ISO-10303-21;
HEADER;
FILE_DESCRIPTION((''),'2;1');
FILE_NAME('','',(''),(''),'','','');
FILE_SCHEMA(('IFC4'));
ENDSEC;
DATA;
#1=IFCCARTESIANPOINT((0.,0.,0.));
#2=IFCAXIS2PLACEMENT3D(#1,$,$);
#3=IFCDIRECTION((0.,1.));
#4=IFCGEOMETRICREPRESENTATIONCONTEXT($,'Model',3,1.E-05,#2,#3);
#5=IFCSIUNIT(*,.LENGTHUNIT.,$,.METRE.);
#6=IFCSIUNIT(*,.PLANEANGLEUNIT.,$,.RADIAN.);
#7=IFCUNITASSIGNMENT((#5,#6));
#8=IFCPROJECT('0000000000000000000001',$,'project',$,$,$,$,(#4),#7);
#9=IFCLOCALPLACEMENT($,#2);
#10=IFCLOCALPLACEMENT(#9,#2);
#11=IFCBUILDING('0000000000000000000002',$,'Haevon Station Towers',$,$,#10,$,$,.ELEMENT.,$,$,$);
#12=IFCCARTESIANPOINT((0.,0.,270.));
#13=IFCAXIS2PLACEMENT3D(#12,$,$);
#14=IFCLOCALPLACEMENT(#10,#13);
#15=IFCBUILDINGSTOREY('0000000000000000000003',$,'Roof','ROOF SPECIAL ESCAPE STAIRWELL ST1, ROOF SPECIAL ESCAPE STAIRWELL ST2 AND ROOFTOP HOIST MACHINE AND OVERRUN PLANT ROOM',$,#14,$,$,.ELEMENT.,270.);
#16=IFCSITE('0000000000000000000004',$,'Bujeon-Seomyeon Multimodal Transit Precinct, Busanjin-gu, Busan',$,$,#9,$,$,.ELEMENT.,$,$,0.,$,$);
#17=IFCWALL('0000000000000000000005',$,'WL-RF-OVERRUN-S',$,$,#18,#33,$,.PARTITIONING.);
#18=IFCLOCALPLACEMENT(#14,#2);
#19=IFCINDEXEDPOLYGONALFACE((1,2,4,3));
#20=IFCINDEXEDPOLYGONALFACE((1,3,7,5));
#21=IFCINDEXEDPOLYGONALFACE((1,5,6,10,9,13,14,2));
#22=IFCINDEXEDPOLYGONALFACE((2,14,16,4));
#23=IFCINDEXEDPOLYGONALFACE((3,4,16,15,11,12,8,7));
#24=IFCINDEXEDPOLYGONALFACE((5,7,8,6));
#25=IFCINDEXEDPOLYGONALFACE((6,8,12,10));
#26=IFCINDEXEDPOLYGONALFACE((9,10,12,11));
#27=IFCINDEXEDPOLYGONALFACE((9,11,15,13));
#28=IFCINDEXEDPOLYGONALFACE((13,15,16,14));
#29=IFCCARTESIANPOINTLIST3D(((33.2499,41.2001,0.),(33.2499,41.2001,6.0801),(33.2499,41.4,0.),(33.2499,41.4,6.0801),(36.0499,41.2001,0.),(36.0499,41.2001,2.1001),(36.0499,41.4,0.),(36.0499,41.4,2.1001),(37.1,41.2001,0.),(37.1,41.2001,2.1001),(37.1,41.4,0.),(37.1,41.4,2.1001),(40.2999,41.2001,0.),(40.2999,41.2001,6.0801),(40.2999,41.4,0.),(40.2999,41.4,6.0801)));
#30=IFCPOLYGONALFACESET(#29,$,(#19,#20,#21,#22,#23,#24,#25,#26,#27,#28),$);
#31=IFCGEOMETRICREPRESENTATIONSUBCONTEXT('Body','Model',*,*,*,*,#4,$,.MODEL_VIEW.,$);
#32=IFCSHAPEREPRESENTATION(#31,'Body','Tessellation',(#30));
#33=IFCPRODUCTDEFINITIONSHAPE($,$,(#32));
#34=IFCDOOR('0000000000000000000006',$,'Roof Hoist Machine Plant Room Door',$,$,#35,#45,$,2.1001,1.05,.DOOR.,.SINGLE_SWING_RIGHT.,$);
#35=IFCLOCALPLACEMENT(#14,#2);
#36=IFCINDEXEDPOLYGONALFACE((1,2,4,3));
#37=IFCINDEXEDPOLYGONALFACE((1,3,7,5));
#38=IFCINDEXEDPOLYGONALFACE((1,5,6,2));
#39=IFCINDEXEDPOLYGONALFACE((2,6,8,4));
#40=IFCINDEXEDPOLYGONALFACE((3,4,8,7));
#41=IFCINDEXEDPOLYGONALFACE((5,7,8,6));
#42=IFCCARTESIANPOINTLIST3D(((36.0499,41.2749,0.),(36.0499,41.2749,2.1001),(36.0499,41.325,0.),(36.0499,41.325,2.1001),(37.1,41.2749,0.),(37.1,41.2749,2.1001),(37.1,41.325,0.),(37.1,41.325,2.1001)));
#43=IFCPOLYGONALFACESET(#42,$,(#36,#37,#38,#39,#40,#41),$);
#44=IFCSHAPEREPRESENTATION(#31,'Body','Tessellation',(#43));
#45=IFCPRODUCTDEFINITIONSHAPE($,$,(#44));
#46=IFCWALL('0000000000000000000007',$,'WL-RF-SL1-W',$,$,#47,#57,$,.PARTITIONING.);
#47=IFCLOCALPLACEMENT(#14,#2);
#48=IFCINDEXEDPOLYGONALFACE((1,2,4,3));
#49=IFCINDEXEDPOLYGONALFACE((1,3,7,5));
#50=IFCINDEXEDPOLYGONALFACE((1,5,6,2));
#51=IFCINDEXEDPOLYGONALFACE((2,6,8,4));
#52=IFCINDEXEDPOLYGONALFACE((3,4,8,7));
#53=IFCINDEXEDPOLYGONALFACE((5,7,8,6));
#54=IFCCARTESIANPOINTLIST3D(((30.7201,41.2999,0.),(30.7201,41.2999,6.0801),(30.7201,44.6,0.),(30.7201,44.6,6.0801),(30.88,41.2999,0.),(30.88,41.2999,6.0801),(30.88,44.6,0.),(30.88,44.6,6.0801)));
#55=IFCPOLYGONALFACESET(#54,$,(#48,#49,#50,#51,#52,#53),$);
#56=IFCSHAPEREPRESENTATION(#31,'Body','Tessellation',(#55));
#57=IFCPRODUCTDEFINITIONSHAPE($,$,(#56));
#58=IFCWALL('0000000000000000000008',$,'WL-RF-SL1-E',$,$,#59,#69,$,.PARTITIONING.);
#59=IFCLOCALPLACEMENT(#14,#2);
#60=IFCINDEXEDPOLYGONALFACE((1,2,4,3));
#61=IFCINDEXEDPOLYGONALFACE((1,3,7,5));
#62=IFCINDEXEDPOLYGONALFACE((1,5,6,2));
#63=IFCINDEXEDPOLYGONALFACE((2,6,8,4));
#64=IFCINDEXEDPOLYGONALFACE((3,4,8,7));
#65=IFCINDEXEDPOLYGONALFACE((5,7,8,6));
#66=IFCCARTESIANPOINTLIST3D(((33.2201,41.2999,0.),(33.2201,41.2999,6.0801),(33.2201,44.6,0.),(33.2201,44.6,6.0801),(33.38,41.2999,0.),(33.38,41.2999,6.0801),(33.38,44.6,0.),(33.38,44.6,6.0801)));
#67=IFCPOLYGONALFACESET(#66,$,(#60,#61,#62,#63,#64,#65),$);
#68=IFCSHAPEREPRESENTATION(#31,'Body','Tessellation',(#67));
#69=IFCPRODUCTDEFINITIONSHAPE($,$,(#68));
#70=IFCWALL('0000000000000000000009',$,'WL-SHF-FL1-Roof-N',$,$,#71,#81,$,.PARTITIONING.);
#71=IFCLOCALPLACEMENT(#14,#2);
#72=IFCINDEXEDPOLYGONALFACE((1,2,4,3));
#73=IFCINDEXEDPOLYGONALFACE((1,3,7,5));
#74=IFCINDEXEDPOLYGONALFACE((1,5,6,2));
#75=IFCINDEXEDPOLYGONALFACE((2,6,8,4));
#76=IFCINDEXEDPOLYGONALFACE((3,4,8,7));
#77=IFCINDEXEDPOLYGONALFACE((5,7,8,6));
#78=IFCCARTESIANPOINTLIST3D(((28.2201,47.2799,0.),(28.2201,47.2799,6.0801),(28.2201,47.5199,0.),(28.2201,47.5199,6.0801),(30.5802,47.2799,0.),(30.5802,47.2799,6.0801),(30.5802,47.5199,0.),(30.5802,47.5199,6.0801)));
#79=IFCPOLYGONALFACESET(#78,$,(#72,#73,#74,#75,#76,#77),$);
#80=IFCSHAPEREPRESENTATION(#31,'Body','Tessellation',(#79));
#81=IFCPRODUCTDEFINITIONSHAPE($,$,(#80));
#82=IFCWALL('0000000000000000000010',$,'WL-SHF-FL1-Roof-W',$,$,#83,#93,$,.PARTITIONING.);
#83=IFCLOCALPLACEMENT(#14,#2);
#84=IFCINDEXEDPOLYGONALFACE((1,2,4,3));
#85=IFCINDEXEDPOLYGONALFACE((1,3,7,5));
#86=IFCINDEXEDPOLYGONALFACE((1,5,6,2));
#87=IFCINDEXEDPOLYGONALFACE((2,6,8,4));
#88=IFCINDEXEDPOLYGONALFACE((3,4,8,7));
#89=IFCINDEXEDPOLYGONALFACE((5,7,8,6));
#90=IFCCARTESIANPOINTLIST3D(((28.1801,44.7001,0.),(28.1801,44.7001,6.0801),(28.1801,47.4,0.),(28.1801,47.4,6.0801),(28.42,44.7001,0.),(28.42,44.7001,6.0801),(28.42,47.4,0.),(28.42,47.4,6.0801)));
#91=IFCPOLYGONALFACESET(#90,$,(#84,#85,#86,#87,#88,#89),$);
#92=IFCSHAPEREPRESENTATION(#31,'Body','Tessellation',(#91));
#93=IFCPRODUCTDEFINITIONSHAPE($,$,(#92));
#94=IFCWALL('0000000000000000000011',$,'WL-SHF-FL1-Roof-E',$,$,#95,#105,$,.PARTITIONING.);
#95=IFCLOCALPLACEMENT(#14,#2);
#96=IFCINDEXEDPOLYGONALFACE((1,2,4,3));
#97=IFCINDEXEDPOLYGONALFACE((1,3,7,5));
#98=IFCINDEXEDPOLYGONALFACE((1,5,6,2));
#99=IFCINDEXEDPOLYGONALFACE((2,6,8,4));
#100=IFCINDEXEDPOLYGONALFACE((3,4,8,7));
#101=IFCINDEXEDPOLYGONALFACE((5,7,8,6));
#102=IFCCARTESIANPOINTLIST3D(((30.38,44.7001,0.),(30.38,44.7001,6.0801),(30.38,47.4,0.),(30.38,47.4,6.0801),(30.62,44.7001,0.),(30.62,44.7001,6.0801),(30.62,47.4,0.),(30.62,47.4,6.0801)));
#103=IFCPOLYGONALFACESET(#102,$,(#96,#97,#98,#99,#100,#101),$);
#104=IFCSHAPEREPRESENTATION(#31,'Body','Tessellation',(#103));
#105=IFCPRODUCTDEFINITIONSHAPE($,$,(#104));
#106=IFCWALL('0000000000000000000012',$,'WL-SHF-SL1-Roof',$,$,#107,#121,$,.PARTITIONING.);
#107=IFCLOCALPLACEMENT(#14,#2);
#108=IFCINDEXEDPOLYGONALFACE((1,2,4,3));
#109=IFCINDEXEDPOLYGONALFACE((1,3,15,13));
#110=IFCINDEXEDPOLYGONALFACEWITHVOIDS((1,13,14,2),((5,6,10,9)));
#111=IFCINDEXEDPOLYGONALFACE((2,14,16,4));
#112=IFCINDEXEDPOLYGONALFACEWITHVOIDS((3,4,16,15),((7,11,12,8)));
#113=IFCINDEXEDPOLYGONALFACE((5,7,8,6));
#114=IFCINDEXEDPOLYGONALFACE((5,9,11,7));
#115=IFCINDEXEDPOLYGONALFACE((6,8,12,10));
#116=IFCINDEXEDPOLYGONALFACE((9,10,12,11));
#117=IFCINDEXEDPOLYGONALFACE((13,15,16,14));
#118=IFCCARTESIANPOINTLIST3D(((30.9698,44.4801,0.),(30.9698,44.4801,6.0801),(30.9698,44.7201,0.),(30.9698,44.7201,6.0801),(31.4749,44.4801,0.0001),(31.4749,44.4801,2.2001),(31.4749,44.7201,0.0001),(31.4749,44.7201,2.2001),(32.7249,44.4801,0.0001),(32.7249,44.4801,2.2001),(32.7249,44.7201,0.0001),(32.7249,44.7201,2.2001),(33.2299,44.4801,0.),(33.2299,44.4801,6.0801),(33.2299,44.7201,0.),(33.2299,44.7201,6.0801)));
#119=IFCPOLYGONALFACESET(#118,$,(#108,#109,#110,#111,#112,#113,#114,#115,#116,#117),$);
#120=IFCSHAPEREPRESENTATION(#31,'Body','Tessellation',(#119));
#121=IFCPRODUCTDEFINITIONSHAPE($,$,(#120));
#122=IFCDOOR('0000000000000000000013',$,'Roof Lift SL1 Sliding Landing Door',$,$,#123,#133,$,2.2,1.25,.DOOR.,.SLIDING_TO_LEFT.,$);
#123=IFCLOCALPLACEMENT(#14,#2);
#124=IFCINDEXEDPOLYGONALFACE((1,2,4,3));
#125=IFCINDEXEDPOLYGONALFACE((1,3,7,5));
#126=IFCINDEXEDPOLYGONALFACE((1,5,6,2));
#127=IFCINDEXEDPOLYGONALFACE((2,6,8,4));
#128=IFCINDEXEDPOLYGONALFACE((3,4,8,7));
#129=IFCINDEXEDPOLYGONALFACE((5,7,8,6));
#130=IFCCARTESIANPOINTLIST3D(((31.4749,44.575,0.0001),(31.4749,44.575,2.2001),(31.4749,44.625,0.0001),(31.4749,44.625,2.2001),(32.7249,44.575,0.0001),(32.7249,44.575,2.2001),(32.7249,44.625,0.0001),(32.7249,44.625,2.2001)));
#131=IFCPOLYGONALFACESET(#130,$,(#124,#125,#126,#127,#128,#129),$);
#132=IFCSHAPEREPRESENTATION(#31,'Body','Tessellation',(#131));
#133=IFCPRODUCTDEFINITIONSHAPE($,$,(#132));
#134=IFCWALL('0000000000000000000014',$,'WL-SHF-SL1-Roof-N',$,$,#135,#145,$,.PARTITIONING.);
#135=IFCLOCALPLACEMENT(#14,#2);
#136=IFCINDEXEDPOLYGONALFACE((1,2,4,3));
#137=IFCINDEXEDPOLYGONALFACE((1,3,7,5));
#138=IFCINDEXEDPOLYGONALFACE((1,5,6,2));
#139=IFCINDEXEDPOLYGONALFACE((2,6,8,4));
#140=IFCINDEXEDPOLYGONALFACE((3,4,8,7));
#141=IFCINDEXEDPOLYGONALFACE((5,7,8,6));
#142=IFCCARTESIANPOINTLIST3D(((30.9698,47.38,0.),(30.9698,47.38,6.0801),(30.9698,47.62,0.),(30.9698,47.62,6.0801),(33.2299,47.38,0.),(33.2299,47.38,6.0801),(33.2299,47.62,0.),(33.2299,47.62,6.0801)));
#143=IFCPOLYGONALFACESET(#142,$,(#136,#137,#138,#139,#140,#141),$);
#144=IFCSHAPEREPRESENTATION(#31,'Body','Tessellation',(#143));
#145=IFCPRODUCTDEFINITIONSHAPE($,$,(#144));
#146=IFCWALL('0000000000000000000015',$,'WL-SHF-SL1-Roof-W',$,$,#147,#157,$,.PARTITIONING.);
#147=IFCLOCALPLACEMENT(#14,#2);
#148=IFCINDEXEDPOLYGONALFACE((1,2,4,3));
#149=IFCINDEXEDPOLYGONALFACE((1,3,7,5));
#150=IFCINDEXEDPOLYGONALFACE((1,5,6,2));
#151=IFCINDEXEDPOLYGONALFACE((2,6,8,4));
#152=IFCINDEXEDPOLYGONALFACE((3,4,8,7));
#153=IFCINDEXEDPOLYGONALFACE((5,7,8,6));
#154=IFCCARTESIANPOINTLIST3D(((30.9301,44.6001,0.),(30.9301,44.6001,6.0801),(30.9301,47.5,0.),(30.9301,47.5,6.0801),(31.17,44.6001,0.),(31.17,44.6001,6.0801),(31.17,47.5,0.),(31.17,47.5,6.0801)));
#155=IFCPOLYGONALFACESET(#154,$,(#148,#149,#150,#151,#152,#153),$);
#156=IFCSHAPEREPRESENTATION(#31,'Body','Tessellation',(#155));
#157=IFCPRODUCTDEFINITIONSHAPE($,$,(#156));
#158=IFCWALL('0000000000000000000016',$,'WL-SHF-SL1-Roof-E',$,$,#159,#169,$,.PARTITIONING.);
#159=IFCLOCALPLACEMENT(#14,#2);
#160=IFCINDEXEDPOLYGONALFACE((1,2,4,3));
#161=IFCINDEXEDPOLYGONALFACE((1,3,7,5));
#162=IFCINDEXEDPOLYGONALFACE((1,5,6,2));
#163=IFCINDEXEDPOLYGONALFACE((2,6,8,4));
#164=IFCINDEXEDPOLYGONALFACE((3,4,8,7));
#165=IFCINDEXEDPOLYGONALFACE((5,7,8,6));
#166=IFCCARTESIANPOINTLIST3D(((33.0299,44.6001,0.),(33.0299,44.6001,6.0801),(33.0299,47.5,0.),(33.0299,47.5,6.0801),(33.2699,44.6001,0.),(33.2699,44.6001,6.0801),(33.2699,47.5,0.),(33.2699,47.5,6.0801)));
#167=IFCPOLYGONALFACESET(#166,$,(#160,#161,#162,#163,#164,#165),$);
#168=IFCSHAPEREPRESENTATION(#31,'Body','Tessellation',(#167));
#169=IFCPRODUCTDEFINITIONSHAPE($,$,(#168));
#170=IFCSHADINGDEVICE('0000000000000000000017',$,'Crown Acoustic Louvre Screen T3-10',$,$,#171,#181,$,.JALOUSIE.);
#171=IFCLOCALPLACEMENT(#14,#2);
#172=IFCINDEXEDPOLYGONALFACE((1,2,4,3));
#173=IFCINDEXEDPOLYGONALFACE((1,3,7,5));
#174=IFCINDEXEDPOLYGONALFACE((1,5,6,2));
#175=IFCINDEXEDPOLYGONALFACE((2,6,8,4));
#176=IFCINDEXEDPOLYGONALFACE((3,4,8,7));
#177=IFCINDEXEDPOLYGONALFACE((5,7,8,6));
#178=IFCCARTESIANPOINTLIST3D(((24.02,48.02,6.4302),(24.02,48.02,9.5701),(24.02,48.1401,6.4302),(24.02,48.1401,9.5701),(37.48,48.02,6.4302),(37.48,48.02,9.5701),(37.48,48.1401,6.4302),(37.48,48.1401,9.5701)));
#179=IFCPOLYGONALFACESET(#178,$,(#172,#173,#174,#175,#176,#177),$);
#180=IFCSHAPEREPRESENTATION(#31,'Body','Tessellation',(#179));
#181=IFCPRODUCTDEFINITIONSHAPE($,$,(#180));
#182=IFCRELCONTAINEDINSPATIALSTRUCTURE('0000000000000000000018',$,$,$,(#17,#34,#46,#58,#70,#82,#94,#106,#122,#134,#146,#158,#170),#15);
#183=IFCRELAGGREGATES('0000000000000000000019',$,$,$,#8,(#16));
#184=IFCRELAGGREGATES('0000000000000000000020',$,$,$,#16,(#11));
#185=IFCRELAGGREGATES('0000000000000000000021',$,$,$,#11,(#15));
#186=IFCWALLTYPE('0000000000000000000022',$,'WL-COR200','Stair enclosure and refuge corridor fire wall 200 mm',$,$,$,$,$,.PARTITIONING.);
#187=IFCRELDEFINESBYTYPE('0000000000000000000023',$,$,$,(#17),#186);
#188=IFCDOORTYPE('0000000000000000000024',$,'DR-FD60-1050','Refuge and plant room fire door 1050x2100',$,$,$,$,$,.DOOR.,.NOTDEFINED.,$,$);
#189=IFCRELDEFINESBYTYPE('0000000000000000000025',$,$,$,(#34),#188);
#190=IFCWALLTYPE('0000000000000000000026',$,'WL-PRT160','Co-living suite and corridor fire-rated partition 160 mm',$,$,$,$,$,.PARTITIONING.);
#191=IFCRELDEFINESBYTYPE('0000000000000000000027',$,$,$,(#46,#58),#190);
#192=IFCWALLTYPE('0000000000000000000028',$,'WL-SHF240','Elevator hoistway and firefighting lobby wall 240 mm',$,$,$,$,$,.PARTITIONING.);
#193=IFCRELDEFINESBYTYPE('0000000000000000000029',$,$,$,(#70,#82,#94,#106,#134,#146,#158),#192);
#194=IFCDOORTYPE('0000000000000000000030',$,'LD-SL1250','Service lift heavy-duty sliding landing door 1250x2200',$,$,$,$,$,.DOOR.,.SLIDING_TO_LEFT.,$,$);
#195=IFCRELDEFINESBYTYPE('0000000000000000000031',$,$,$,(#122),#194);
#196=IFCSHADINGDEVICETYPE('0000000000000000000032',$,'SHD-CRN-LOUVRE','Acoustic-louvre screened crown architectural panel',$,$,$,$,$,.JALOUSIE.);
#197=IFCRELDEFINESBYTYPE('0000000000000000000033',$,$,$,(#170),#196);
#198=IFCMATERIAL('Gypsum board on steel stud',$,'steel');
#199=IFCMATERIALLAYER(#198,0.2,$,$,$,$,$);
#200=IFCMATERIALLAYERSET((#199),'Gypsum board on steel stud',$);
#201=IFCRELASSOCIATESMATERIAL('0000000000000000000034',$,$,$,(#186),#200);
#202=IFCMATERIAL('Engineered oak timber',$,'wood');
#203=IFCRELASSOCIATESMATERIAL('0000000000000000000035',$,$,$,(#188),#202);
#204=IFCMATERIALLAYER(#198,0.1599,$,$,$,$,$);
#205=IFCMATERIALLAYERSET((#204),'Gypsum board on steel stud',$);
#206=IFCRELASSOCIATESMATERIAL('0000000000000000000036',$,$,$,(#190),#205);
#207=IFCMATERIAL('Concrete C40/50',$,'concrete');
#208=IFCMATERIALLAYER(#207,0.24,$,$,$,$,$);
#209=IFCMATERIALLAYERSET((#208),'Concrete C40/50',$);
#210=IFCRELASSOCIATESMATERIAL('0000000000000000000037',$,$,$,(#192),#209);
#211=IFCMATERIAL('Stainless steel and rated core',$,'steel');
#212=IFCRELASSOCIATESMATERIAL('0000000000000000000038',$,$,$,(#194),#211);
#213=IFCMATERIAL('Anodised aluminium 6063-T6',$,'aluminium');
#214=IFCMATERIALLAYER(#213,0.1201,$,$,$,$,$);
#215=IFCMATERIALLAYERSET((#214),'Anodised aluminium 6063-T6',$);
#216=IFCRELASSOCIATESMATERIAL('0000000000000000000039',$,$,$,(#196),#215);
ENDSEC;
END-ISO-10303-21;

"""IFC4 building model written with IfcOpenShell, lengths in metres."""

from ifc_helpers import new_model, si_unit, direction, frame, frame_2d, origin, origin_2d, place, context, subcontext, project, spatial, rectangle, extrude, material, layer, layer_set, type_object, element, fill, save


model = new_model("IFC4")

# Units and contexts
model_context = context("Model", 3, precision=1e-05, world=origin(), true_north=direction((0.0, 1.0)))
body_context = subcontext(model_context, "Body", "Model", "MODEL_VIEW")
ifc_project = project(units=[si_unit("LENGTHUNIT", "METRE"), si_unit("PLANEANGLEUNIT", "RADIAN")], contexts=[model_context])

# Site, building, storey
site_placement = place(None, origin())
site = spatial("IfcSite", under=ifc_project, at=site_placement, Name="Bujeon-Seomyeon Multimodal Transit Precinct, Busanjin-gu, Busan", CompositionType="ELEMENT", RefElevation=0.0)
building_placement = place(site_placement, origin())
building = spatial("IfcBuilding", under=site, at=building_placement, Name="Haevon Station Towers", CompositionType="ELEMENT")
storey_placement = place(building_placement, frame((0.0, 0.0, 270.0)))
storey = spatial("IfcBuildingStorey", under=building, at=storey_placement, Name="Roof", Description="ROOF SPECIAL ESCAPE STAIRWELL ST1, ROOF SPECIAL ESCAPE STAIRWELL ST2 AND ROOFTOP HOIST MACHINE AND OVERRUN PLANT ROOM", CompositionType="ELEMENT", Elevation=270.0)

# Shared definitions
ifc_material_1 = material(Name="Anodised aluminium 6063-T6", Category="aluminium")

# Wall, opening, door
ifc_material_2 = material(Name="Gypsum board on steel stud", Category="steel")
ifc_layer_1 = layer(ifc_material_2, 0.2)
ifc_layer_set_1 = layer_set([ifc_layer_1], Name="Gypsum board on steel stud")
wall_type_1 = type_object("IfcWallType", Name="WL-COR200", Description="Stair enclosure and refuge corridor fire wall 200 mm", PredefinedType="PARTITIONING", material=ifc_layer_set_1)
wall_1_placement = place(storey_placement, frame((33.25, 41.3, 0.0), z_axis=(0.0, 0.0, 1.0), x_axis=(1.0, 0.0, 0.0)))
wall_1 = element("IfcWall", 1, at=wall_1_placement, inside=storey, type_object=wall_type_1, Name="WL-RF-OVERRUN-S", PredefinedType="PARTITIONING", context=body_context, shape_type="SweptSolid", body=[
    extrude(rectangle(XDim=7.05, YDim=0.2, at=frame_2d((3.5249, 0.0))), origin(), (0.0, 0.0, 1.0), 6.0801),
])
opening_1_placement = place(wall_1_placement, frame((2.8, 0.0, 0.0)))
opening_1 = element("IfcOpeningElement", 2, at=opening_1_placement, cuts=wall_1, PredefinedType="OPENING", context=body_context, shape_type="SweptSolid", body=[
    extrude(rectangle(XDim=1.05, YDim=2.1001, at=frame_2d((0.5249, 1.05))), frame((0.0, 0.1099, 0.0), z_axis=(0.0, -1.0, 0.0), x_axis=(1.0, 0.0, 0.0)), (0.0, 0.0, 1.0), 0.22),
])
ifc_material_3 = material(Name="Engineered oak timber", Category="wood")
door_type_1 = type_object("IfcDoorType", Name="DR-FD60-1050", Description="Refuge and plant room fire door 1050x2100", OperationType="NOTDEFINED", PredefinedType="DOOR", material=ifc_material_3)
door_1_placement = place(opening_1_placement, origin())
door_1 = element("IfcDoor", 3, at=door_1_placement, inside=storey, type_object=door_type_1, Name="Roof Hoist Machine Plant Room Door", OperationType="SINGLE_SWING_RIGHT", OverallHeight=2.1001, OverallWidth=1.05, PredefinedType="DOOR", context=body_context, shape_type="SweptSolid", body=[
    extrude(rectangle(XDim=1.05, YDim=2.1001, at=frame_2d((0.5249, 1.05))), frame((0.0, 0.0249, 0.0), z_axis=(0.0, -1.0, 0.0), x_axis=(1.0, 0.0, 0.0)), (0.0, 0.0, 1.0), 0.05),
])
fill(opening_1, door_1)

# Walls
ifc_layer_2 = layer(ifc_material_2, 0.1599)
ifc_layer_set_2 = layer_set([ifc_layer_2], Name="Gypsum board on steel stud")
wall_type_2 = type_object("IfcWallType", Name="WL-PRT160", Description="Co-living suite and corridor fire-rated partition 160 mm", PredefinedType="PARTITIONING", material=ifc_layer_set_2)
for number, where, z_axis, x_axis, name in (
    (4, (30.8, 41.3, 0.0), (0.0, 0.0, 1.0), (0.0, 1.0, 0.0), "WL-RF-SL1-W"),
    (5, (33.3, 41.3, 0.0), (0.0, 0.0, 1.0), (0.0, 1.0, 0.0), "WL-RF-SL1-E"),
):
    element("IfcWall", number, at=place(storey_placement, frame(where, z_axis=z_axis, x_axis=x_axis)), inside=storey, type_object=wall_type_2, Name=name, PredefinedType="PARTITIONING", context=body_context, shape_type="SweptSolid", body=[
        extrude(rectangle(XDim=3.3, YDim=0.1599, at=frame_2d((1.6499, 0.0))), origin(), (0.0, 0.0, 1.0), 6.0801),
    ])
ifc_material_4 = material(Name="Concrete C40/50", Category="concrete")
ifc_layer_3 = layer(ifc_material_4, 0.24)
ifc_layer_set_3 = layer_set([ifc_layer_3], Name="Concrete C40/50")
wall_type_3 = type_object("IfcWallType", Name="WL-SHF240", Description="Elevator hoistway and firefighting lobby wall 240 mm", PredefinedType="PARTITIONING", material=ifc_layer_set_3)
wall_2_placement = place(storey_placement, frame((28.22, 47.3999, 0.0), z_axis=(0.0, 0.0, 1.0), x_axis=(1.0, 0.0, 0.0)))
element("IfcWall", 6, at=wall_2_placement, inside=storey, type_object=wall_type_3, Name="WL-SHF-FL1-Roof-N", PredefinedType="PARTITIONING", context=body_context, shape_type="SweptSolid", body=[
    extrude(rectangle(XDim=2.3601, YDim=0.24, at=frame_2d((1.1802, 0.0))), origin(), (0.0, 0.0, 1.0), 6.0801),
])
for number, where, z_axis, x_axis, name in (
    (7, (28.3, 44.7, 0.0), (0.0, 0.0, 1.0), (0.0, 1.0, 0.0), "WL-SHF-FL1-Roof-W"),
    (8, (30.5, 44.7, 0.0), (0.0, 0.0, 1.0), (0.0, 1.0, 0.0), "WL-SHF-FL1-Roof-E"),
):
    element("IfcWall", number, at=place(storey_placement, frame(where, z_axis=z_axis, x_axis=x_axis)), inside=storey, type_object=wall_type_3, Name=name, PredefinedType="PARTITIONING", context=body_context, shape_type="SweptSolid", body=[
        extrude(rectangle(XDim=2.7, YDim=0.24, at=frame_2d((1.3501, 0.0))), origin(), (0.0, 0.0, 1.0), 6.0801),
    ])

# Wall, opening, door
wall_3_placement = place(storey_placement, frame((30.97, 44.6001, 0.0), z_axis=(0.0, 0.0, 1.0), x_axis=(1.0, 0.0, 0.0)))
wall_3 = element("IfcWall", 9, at=wall_3_placement, inside=storey, type_object=wall_type_3, Name="WL-SHF-SL1-Roof", PredefinedType="PARTITIONING", context=body_context, shape_type="SweptSolid", body=[
    extrude(rectangle(XDim=2.26, YDim=0.24, at=frame_2d((1.1299, 0.0))), origin(), (0.0, 0.0, 1.0), 6.0801),
])
opening_2_placement = place(wall_3_placement, frame((0.5049, 0.0, 0.0)))
opening_2 = element("IfcOpeningElement", 10, at=opening_2_placement, cuts=wall_3, PredefinedType="OPENING", context=body_context, shape_type="SweptSolid", body=[
    extrude(rectangle(XDim=1.25, YDim=2.2, at=frame_2d((0.625, 1.1001))), frame((0.0, 0.1299, 0.0), z_axis=(0.0, -1.0, 0.0), x_axis=(1.0, 0.0, 0.0)), (0.0, 0.0, 1.0), 0.26),
])
ifc_material_5 = material(Name="Stainless steel and rated core", Category="steel")
door_type_2 = type_object("IfcDoorType", Name="LD-SL1250", Description="Service lift heavy-duty sliding landing door 1250x2200", OperationType="SLIDING_TO_LEFT", PredefinedType="DOOR", material=ifc_material_5)
door_2_placement = place(opening_2_placement, origin())
door_2 = element("IfcDoor", 11, at=door_2_placement, inside=storey, type_object=door_type_2, Name="Roof Lift SL1 Sliding Landing Door", OperationType="SLIDING_TO_LEFT", OverallHeight=2.2, OverallWidth=1.25, PredefinedType="DOOR", context=body_context, shape_type="SweptSolid", body=[
    extrude(rectangle(XDim=1.25, YDim=2.2, at=frame_2d((0.625, 1.1001))), frame((0.0, 0.0249, 0.0), z_axis=(0.0, -1.0, 0.0), x_axis=(1.0, 0.0, 0.0)), (0.0, 0.0, 1.0), 0.05),
])
fill(opening_2, door_2)

# Walls
wall_4_placement = place(storey_placement, frame((30.97, 47.5, 0.0), z_axis=(0.0, 0.0, 1.0), x_axis=(1.0, 0.0, 0.0)))
element("IfcWall", 12, at=wall_4_placement, inside=storey, type_object=wall_type_3, Name="WL-SHF-SL1-Roof-N", PredefinedType="PARTITIONING", context=body_context, shape_type="SweptSolid", body=[
    extrude(rectangle(XDim=2.26, YDim=0.24, at=frame_2d((1.1299, 0.0))), origin(), (0.0, 0.0, 1.0), 6.0801),
])
for number, where, z_axis, x_axis, name in (
    (13, (31.05, 44.6001, 0.0), (0.0, 0.0, 1.0), (0.0, 1.0, 0.0), "WL-SHF-SL1-Roof-W"),
    (14, (33.1499, 44.6001, 0.0), (0.0, 0.0, 1.0), (0.0, 1.0, 0.0), "WL-SHF-SL1-Roof-E"),
):
    element("IfcWall", number, at=place(storey_placement, frame(where, z_axis=z_axis, x_axis=x_axis)), inside=storey, type_object=wall_type_3, Name=name, PredefinedType="PARTITIONING", context=body_context, shape_type="SweptSolid", body=[
        extrude(rectangle(XDim=2.8999, YDim=0.24, at=frame_2d((1.45, 0.0))), origin(), (0.0, 0.0, 1.0), 6.0801),
    ])

# Shading device
ifc_layer_4 = layer(ifc_material_1, 0.1201)
ifc_layer_set_4 = layer_set([ifc_layer_4], Name="Anodised aluminium 6063-T6")
shading_device_type = type_object("IfcShadingDeviceType", Name="SHD-CRN-LOUVRE", Description="Acoustic-louvre screened crown architectural panel", PredefinedType="JALOUSIE", material=ifc_layer_set_4)
shading_device_placement = place(storey_placement, frame((30.75, 48.0801, 6.4302), z_axis=(0.0, 0.0, 1.0), x_axis=(-1.0, 0.0, 0.0)))
element("IfcShadingDevice", 15, at=shading_device_placement, inside=storey, type_object=shading_device_type, Name="Crown Acoustic Louvre Screen T3-10", PredefinedType="JALOUSIE", context=body_context, shape_type="SweptSolid", body=[
    extrude(rectangle(XDim=13.46, YDim=0.1201, at=origin_2d()), origin(), (0.0, 0.0, 1.0), 3.1399),
])

save(model, "model.ifc")
